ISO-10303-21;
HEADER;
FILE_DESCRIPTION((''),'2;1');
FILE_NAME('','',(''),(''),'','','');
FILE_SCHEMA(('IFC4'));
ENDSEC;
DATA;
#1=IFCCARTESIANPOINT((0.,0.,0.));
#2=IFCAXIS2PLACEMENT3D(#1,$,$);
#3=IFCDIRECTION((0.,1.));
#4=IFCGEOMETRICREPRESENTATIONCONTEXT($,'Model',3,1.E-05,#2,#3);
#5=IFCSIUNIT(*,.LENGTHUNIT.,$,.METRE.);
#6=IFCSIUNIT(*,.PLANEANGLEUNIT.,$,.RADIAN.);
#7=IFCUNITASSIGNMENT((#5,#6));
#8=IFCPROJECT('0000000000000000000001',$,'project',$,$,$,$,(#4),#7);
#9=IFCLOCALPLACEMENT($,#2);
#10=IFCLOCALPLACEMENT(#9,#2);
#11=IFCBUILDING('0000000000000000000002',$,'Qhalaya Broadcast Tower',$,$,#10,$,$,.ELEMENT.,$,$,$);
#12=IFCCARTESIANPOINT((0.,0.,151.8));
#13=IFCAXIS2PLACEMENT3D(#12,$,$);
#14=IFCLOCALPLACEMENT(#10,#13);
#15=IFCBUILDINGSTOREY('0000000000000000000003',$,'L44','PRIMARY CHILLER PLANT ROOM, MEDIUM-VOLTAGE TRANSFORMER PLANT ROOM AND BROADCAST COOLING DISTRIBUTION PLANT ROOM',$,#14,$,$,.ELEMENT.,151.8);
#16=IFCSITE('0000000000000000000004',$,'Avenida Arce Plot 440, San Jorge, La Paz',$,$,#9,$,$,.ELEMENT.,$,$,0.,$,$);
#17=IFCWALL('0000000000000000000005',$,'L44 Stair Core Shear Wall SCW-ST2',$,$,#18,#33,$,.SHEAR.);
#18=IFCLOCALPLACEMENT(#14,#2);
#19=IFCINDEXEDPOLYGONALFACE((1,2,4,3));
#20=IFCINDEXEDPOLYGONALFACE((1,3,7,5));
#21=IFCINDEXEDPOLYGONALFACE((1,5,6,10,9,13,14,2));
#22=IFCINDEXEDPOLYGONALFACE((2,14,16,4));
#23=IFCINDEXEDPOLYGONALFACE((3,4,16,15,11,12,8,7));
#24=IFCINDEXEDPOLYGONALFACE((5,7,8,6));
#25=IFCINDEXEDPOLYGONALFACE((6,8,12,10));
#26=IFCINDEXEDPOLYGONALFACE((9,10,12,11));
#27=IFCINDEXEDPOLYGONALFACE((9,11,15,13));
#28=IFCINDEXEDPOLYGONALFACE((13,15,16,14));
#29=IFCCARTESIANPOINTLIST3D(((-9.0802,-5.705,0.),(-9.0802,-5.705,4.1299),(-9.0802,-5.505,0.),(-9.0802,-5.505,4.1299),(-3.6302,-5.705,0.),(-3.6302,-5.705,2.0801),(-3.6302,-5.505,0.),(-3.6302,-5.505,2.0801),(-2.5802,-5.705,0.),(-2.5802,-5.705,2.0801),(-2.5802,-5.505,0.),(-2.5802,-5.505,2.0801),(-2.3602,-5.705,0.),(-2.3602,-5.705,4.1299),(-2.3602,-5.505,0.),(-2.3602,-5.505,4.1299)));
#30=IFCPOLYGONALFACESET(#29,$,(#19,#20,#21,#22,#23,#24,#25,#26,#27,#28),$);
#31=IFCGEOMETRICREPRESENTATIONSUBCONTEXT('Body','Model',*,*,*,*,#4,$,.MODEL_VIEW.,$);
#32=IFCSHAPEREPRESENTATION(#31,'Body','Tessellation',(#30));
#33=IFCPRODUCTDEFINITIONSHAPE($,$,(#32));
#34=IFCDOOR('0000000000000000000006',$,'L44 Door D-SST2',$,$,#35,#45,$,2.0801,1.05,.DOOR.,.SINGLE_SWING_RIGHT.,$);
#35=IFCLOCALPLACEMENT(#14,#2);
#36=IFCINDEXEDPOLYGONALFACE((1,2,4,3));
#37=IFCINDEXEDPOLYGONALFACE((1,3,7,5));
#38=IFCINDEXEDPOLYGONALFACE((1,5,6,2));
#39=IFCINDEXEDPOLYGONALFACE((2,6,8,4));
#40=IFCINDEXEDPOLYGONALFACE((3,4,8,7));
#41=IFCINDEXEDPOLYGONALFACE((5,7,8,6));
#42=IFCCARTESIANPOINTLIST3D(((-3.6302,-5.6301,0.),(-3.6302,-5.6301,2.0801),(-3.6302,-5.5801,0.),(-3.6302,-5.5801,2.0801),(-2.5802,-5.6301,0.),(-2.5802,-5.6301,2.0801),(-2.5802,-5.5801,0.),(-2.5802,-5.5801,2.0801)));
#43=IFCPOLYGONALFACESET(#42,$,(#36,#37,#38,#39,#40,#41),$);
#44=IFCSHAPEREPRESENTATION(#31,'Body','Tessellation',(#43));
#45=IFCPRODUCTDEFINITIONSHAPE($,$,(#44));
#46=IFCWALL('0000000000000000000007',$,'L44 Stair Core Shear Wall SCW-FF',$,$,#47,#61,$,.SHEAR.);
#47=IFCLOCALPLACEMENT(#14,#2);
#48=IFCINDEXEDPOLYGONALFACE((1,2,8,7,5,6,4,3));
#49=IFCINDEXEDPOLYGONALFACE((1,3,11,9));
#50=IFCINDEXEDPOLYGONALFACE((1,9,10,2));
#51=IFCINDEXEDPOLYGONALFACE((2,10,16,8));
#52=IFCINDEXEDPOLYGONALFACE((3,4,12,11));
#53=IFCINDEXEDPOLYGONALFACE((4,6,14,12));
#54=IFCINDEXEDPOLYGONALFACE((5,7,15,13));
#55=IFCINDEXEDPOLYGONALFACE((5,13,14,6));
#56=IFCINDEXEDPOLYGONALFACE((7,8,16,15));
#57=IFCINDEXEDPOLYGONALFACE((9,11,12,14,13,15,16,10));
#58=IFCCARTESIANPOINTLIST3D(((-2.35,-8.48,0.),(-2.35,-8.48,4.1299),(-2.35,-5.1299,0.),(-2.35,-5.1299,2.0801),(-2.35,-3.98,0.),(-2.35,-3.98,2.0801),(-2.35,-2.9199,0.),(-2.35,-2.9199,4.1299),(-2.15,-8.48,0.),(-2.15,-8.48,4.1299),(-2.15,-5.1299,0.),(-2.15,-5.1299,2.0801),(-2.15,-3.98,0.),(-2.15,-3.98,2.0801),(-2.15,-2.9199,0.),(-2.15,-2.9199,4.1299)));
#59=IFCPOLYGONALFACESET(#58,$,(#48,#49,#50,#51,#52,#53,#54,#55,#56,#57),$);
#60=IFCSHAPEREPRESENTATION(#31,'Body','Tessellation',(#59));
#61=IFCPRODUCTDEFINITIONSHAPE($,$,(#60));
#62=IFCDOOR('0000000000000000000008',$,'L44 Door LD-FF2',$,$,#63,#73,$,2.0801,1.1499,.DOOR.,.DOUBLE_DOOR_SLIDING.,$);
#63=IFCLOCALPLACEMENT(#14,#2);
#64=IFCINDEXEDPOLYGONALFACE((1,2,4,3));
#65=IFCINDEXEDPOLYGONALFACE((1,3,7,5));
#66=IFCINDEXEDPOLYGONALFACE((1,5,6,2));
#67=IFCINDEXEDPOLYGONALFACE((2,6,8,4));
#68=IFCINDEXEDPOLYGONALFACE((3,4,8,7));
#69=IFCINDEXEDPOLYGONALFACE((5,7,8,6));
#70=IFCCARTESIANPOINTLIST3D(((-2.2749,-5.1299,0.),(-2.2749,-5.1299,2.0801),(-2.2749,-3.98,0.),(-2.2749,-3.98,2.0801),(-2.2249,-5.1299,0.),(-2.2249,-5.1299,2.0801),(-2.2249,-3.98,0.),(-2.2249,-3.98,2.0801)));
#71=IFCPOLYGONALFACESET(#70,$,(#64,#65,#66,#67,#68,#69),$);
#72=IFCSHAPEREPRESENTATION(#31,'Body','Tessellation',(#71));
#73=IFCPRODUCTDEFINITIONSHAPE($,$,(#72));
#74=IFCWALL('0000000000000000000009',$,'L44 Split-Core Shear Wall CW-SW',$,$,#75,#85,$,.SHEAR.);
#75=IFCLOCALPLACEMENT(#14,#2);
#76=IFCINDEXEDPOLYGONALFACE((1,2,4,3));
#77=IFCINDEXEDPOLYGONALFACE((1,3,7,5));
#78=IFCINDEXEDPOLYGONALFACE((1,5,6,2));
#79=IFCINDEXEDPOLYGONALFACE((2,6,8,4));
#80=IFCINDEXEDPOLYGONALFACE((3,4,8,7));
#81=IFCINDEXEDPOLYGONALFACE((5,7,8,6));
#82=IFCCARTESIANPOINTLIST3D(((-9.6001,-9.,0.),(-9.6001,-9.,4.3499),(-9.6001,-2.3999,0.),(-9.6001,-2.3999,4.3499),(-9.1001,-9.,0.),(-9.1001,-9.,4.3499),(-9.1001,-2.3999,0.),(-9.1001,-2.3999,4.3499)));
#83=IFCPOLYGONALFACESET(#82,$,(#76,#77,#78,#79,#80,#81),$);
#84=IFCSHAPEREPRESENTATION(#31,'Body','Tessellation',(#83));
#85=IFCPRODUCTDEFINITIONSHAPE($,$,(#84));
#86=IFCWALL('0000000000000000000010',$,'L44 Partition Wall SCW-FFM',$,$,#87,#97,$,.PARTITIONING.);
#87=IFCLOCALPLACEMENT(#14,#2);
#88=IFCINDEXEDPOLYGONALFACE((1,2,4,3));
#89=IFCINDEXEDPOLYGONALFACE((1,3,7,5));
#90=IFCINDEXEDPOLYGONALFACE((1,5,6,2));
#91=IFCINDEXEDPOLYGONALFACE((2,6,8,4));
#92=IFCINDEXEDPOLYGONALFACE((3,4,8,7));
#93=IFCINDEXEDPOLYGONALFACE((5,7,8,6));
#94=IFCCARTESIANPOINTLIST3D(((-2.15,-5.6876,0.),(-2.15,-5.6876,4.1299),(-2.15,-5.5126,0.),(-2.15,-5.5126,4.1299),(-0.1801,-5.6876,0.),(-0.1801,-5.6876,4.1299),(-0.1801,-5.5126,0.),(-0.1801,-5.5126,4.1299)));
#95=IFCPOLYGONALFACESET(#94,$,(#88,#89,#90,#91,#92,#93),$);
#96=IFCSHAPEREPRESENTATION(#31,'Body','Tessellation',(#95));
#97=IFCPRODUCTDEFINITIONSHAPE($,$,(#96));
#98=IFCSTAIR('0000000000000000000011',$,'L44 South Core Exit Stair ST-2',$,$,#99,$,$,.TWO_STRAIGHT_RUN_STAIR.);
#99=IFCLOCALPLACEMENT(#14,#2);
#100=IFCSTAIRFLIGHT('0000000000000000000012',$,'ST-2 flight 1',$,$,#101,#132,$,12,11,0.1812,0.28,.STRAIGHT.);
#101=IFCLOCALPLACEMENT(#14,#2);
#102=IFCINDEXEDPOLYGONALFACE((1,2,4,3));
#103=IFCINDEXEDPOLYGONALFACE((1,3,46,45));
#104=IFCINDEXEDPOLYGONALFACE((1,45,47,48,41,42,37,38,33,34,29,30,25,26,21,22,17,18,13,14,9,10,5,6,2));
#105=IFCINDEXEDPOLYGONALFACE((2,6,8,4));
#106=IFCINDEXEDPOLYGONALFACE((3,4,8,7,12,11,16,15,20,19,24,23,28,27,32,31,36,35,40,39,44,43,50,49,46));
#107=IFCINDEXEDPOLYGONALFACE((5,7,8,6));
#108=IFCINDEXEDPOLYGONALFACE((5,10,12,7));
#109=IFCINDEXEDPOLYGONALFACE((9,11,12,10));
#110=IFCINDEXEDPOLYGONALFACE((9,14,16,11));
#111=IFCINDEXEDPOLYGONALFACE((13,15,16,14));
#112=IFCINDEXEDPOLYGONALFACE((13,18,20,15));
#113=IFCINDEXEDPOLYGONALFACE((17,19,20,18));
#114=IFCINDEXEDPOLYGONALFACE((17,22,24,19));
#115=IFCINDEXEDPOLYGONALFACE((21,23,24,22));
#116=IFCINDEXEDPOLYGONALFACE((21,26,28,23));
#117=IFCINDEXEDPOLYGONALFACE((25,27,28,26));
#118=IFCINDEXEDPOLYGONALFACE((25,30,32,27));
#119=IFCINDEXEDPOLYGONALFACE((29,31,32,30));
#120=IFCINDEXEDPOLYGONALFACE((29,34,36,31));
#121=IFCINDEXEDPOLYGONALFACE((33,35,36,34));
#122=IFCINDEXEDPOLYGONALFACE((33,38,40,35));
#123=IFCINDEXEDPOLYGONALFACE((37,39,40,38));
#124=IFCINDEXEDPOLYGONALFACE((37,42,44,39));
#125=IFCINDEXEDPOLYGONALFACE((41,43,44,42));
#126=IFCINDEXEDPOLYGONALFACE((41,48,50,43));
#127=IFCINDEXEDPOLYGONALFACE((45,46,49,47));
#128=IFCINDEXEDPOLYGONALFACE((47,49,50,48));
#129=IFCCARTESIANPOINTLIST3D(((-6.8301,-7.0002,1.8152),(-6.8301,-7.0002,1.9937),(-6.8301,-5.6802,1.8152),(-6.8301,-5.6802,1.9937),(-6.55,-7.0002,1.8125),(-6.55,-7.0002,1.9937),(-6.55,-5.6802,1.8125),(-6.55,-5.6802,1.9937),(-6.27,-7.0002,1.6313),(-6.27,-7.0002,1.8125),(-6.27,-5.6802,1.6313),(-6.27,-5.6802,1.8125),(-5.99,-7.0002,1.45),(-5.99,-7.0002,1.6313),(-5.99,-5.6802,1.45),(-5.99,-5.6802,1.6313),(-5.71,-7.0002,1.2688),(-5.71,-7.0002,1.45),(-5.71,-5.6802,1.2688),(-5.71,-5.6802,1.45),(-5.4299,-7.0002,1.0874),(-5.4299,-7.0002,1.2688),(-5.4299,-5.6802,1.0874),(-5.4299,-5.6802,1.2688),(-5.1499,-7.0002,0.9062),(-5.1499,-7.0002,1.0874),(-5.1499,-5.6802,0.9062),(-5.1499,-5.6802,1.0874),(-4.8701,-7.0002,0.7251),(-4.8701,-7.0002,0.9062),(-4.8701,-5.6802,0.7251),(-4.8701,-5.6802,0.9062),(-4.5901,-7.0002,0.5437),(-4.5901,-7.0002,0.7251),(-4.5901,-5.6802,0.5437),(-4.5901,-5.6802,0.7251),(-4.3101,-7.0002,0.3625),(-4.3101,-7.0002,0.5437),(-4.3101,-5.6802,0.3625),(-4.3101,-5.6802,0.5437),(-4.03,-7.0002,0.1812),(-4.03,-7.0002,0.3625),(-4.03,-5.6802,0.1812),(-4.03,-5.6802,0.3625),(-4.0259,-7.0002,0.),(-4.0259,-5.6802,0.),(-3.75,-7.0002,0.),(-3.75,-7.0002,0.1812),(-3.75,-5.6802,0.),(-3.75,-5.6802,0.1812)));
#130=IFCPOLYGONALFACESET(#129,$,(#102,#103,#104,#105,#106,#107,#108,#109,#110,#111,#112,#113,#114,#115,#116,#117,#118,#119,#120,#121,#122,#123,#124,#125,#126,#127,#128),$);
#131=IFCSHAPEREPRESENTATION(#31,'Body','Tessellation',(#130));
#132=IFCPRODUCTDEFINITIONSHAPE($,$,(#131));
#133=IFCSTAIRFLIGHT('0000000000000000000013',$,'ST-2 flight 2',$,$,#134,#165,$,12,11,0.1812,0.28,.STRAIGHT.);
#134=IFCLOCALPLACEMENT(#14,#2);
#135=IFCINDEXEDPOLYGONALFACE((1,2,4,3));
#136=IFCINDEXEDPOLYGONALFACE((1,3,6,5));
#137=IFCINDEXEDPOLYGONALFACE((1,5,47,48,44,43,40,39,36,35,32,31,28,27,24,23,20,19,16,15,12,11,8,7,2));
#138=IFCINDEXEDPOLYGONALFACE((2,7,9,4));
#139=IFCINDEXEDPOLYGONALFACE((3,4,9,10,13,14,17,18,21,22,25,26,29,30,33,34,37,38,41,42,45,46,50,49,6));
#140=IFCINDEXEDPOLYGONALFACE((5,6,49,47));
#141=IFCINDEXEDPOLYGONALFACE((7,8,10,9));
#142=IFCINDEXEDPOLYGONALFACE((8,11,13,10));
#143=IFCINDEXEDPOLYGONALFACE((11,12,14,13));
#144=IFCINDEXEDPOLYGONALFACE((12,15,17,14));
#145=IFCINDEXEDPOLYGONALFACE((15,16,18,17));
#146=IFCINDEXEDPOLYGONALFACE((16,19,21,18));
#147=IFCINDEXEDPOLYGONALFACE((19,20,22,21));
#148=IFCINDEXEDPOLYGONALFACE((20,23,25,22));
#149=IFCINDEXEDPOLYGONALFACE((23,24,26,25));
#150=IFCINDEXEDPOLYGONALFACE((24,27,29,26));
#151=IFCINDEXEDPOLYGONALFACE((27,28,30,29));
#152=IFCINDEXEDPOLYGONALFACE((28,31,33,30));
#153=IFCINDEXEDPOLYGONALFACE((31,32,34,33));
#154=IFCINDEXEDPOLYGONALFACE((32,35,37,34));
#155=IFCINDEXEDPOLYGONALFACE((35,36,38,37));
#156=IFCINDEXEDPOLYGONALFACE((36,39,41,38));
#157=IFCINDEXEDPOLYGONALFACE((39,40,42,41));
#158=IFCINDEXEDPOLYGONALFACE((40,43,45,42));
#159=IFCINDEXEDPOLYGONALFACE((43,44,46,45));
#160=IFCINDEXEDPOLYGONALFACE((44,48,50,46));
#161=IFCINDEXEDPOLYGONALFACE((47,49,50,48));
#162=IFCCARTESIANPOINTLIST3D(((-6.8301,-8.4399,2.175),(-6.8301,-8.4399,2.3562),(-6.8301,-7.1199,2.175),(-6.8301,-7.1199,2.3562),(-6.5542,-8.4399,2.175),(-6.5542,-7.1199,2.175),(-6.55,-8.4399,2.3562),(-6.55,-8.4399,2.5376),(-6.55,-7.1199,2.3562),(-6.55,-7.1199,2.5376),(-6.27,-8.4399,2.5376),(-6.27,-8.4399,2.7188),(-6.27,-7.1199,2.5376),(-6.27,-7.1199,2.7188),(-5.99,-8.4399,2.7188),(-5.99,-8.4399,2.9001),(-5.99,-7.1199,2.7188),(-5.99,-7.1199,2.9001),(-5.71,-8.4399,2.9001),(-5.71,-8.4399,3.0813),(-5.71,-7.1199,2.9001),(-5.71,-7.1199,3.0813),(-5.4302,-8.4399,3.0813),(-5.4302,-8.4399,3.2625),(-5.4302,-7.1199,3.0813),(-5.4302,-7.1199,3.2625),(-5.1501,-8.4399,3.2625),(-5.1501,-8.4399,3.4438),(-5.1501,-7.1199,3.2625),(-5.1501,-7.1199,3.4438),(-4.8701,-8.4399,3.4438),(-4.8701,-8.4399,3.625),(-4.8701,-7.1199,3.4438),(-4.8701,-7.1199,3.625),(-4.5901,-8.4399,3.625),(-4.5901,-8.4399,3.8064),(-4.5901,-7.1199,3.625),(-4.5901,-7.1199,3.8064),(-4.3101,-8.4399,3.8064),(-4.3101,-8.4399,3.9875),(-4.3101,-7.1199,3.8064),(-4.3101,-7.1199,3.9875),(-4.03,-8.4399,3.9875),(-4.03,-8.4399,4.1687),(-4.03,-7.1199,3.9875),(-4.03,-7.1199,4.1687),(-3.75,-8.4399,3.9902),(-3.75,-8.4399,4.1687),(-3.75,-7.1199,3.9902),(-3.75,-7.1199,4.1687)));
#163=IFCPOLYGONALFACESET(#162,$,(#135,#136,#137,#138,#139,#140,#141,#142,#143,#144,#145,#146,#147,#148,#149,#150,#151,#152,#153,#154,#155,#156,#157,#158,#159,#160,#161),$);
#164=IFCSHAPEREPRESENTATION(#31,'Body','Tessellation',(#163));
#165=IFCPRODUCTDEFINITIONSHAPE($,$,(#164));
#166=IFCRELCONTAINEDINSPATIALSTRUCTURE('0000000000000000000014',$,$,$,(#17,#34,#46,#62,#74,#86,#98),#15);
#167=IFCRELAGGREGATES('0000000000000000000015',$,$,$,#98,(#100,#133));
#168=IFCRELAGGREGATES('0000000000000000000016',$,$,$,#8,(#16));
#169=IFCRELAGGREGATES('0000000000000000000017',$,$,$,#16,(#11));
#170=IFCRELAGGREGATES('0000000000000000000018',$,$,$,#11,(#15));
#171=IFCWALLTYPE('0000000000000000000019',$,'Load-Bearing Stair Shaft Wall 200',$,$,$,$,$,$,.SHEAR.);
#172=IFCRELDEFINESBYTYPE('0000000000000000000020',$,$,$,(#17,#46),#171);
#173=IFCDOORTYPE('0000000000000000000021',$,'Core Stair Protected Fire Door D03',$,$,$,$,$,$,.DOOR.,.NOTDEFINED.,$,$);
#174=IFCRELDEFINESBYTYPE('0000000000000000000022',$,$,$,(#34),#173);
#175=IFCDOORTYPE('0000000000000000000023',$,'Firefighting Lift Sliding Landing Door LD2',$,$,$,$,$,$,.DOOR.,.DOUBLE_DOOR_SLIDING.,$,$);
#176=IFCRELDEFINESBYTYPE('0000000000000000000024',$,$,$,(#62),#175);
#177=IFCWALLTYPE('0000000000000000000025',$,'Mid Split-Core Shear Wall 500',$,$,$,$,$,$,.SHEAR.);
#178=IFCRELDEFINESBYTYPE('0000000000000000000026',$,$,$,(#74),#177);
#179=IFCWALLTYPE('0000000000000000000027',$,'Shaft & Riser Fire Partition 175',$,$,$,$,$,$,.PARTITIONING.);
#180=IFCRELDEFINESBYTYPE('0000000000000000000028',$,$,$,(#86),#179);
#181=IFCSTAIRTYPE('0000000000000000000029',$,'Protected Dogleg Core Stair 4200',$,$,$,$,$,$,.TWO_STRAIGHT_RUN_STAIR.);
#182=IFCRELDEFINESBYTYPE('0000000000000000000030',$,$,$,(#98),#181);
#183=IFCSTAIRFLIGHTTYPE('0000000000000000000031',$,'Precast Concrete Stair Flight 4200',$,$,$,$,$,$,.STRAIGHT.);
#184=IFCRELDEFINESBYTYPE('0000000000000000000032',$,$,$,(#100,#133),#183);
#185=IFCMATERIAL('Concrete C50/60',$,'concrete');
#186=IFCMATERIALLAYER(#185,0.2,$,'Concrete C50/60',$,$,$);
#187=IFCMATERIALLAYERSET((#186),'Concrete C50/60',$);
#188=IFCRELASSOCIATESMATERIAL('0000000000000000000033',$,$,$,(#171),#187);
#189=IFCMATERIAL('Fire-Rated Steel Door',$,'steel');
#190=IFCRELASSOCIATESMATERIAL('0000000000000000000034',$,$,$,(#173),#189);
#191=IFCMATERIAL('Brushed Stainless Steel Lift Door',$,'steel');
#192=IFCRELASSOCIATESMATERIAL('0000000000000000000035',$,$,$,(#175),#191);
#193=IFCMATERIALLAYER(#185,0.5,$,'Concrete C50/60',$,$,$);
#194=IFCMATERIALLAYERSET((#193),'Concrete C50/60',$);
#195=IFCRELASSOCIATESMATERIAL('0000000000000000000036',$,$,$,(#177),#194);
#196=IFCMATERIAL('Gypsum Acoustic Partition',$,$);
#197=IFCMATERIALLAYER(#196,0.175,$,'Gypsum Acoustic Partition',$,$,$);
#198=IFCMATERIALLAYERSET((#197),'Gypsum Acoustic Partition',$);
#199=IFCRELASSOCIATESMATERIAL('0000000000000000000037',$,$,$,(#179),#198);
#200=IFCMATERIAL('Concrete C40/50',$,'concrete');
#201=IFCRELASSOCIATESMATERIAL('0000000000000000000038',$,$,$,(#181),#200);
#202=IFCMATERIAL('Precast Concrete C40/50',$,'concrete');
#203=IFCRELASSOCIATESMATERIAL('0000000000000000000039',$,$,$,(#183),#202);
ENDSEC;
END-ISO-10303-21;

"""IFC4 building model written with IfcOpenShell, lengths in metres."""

from ifc_helpers import new_model, si_unit, direction, frame, frame_2d, origin, place, context, subcontext, project, spatial, polyline, rectangle, outline, extrude, material, layer, layer_set, type_object, element, fill, aggregate, save


model = new_model("IFC4")

# Units and contexts
model_context = context("Model", 3, precision=1e-05, world=origin(), true_north=direction((0.0, 1.0)))
body_context = subcontext(model_context, "Body", "Model", "MODEL_VIEW")
ifc_project = project(units=[si_unit("LENGTHUNIT", "METRE"), si_unit("PLANEANGLEUNIT", "RADIAN")], contexts=[model_context])

# Site, building, storey
site_placement = place(None, origin())
site = spatial("IfcSite", under=ifc_project, at=site_placement, Name="Avenida Arce Plot 440, San Jorge, La Paz", CompositionType="ELEMENT", RefElevation=0.0)
building_placement = place(site_placement, origin())
building = spatial("IfcBuilding", under=site, at=building_placement, Name="Qhalaya Broadcast Tower", CompositionType="ELEMENT")
storey_placement = place(building_placement, frame((0.0, 0.0, 151.8)))
storey = spatial("IfcBuildingStorey", under=building, at=storey_placement, Name="L44", Description="PRIMARY CHILLER PLANT ROOM, MEDIUM-VOLTAGE TRANSFORMER PLANT ROOM AND BROADCAST COOLING DISTRIBUTION PLANT ROOM", CompositionType="ELEMENT", Elevation=151.8)

# Shared definitions
ifc_material_1 = material(Name="Concrete C50/60", Category="concrete")

# Shared definitions
ifc_material_2 = material(Name="Gypsum Acoustic Partition")

# Walls, openings, doors
ifc_material_3 = material(Name="Fire-Rated Steel Door", Category="steel")
ifc_layer_1 = layer(ifc_material_1, 0.2, Name="Concrete C50/60")
ifc_layer_set_1 = layer_set([ifc_layer_1], Name="Concrete C50/60")
wall_type_1 = type_object("IfcWallType", Name="Load-Bearing Stair Shaft Wall 200", PredefinedType="SHEAR", material=ifc_layer_set_1)
wall_1_placement = place(storey_placement, frame((-9.0801, -5.605, 0.0), z_axis=(0.0, 0.0, 1.0), x_axis=(1.0, 0.0, 0.0)))
wall_1 = element("IfcWall", 1, at=wall_1_placement, inside=storey, type_object=wall_type_1, Name="L44 Stair Core Shear Wall SCW-ST2", PredefinedType="SHEAR", context=body_context, shape_type="SweptSolid", body=[
    extrude(rectangle(XDim=6.72, YDim=0.2, at=frame_2d((3.3599, 0.0))), origin(), (0.0, 0.0, 1.0), 4.1299),
])
opening_1_placement = place(wall_1_placement, frame((5.45, 0.0, 0.0)))
opening_1 = element("IfcOpeningElement", 2, at=opening_1_placement, cuts=wall_1, PredefinedType="OPENING", context=body_context, shape_type="SweptSolid", body=[
    extrude(rectangle(XDim=1.05, YDim=2.0801, at=frame_2d((0.5249, 1.04))), frame((0.0, 0.1121, 0.0), z_axis=(0.0, -1.0, 0.0), x_axis=(1.0, 0.0, 0.0)), (0.0, 0.0, 1.0), 0.2239),
])
door_type_1 = type_object("IfcDoorType", Name="Core Stair Protected Fire Door D03", OperationType="NOTDEFINED", PredefinedType="DOOR", material=ifc_material_3)
door_1_placement = place(opening_1_placement, origin())
door_1 = element("IfcDoor", 3, at=door_1_placement, inside=storey, type_object=door_type_1, Name="L44 Door D-SST2", OperationType="SINGLE_SWING_RIGHT", OverallHeight=2.0801, OverallWidth=1.05, PredefinedType="DOOR", context=body_context, shape_type="SweptSolid", body=[
    extrude(rectangle(XDim=1.05, YDim=2.0801, at=frame_2d((0.5249, 1.04))), frame((0.0, 0.0249, 0.0), z_axis=(0.0, -1.0, 0.0), x_axis=(1.0, 0.0, 0.0)), (0.0, 0.0, 1.0), 0.05),
])
fill(opening_1, door_1)
wall_2_placement = place(storey_placement, frame((-2.25, -8.48, 0.0), z_axis=(0.0, 0.0, 1.0), x_axis=(0.0, 1.0, 0.0)))
wall_2 = element("IfcWall", 4, at=wall_2_placement, inside=storey, type_object=wall_type_1, Name="L44 Stair Core Shear Wall SCW-FF", PredefinedType="SHEAR", context=body_context, shape_type="SweptSolid", body=[
    extrude(rectangle(XDim=5.5601, YDim=0.2, at=frame_2d((2.78, 0.0))), origin(), (0.0, 0.0, 1.0), 4.1299),
])
opening_2_placement = place(wall_2_placement, frame((3.3501, 0.0, 0.0)))
opening_2 = element("IfcOpeningElement", 5, at=opening_2_placement, cuts=wall_2, PredefinedType="OPENING", context=body_context, shape_type="SweptSolid", body=[
    extrude(rectangle(XDim=1.1499, YDim=2.0801, at=frame_2d((0.575, 1.04))), frame((0.0, 0.1121, 0.0), z_axis=(0.0, -1.0, 0.0), x_axis=(1.0, 0.0, 0.0)), (0.0, 0.0, 1.0), 0.2239),
])
ifc_material_4 = material(Name="Brushed Stainless Steel Lift Door", Category="steel")
door_type_2 = type_object("IfcDoorType", Name="Firefighting Lift Sliding Landing Door LD2", OperationType="DOUBLE_DOOR_SLIDING", PredefinedType="DOOR", material=ifc_material_4)
door_2_placement = place(opening_2_placement, origin())
door_2 = element("IfcDoor", 6, at=door_2_placement, inside=storey, type_object=door_type_2, Name="L44 Door LD-FF2", OperationType="DOUBLE_DOOR_SLIDING", OverallHeight=2.0801, OverallWidth=1.1499, PredefinedType="DOOR", context=body_context, shape_type="SweptSolid", body=[
    extrude(rectangle(XDim=1.1499, YDim=2.0801, at=frame_2d((0.575, 1.04))), frame((0.0, 0.0249, 0.0), z_axis=(0.0, -1.0, 0.0), x_axis=(1.0, 0.0, 0.0)), (0.0, 0.0, 1.0), 0.05),
])
fill(opening_2, door_2)

# Walls
ifc_layer_2 = layer(ifc_material_1, 0.5, Name="Concrete C50/60")
ifc_layer_set_2 = layer_set([ifc_layer_2], Name="Concrete C50/60")
wall_type_2 = type_object("IfcWallType", Name="Mid Split-Core Shear Wall 500", PredefinedType="SHEAR", material=ifc_layer_set_2)
wall_3_placement = place(storey_placement, frame((-9.3501, -9.0, 0.0), z_axis=(0.0, 0.0, 1.0), x_axis=(0.0, 1.0, 0.0)))
element("IfcWall", 7, at=wall_3_placement, inside=storey, type_object=wall_type_2, Name="L44 Split-Core Shear Wall CW-SW", PredefinedType="SHEAR", context=body_context, shape_type="SweptSolid", body=[
    extrude(rectangle(XDim=6.6001, YDim=0.5, at=frame_2d((3.3, 0.0))), origin(), (0.0, 0.0, 1.0), 4.3499),
])
ifc_layer_3 = layer(ifc_material_2, 0.175, Name="Gypsum Acoustic Partition")
ifc_layer_set_3 = layer_set([ifc_layer_3], Name="Gypsum Acoustic Partition")
wall_type_3 = type_object("IfcWallType", Name="Shaft & Riser Fire Partition 175", PredefinedType="PARTITIONING", material=ifc_layer_set_3)
wall_4_placement = place(storey_placement, frame((-2.1499, -5.6001, 0.0), z_axis=(0.0, 0.0, 1.0), x_axis=(1.0, 0.0, 0.0)))
element("IfcWall", 8, at=wall_4_placement, inside=storey, type_object=wall_type_3, Name="L44 Partition Wall SCW-FFM", PredefinedType="PARTITIONING", context=body_context, shape_type="SweptSolid", body=[
    extrude(rectangle(XDim=1.97, YDim=0.175, at=frame_2d((0.9849, 0.0))), origin(), (0.0, 0.0, 1.0), 4.1299),
])

# Stair, stair flights
ifc_material_5 = material(Name="Concrete C40/50", Category="concrete")
stair_type = type_object("IfcStairType", Name="Protected Dogleg Core Stair 4200", PredefinedType="TWO_STRAIGHT_RUN_STAIR", material=ifc_material_5)
stair_placement = place(storey_placement, origin())
stair = element("IfcStair", 9, at=stair_placement, inside=storey, type_object=stair_type, Name="L44 South Core Exit Stair ST-2", PredefinedType="TWO_STRAIGHT_RUN_STAIR")
ifc_material_6 = material(Name="Precast Concrete C40/50", Category="concrete")
stair_flight_type = type_object("IfcStairFlightType", Name="Precast Concrete Stair Flight 4200", PredefinedType="STRAIGHT", material=ifc_material_6)
stair_flight_1_placement = place(storey_placement, frame((-3.75, -6.3401, 0.0), z_axis=(0.0, 0.0, 1.0), x_axis=(-1.0, 0.0, 0.0)))
stair_flight_1 = element("IfcStairFlight", 10, at=stair_flight_1_placement, type_object=stair_flight_type, Name="ST-2 flight 1", NumberOfRisers=12, NumberOfTreads=11, PredefinedType="STRAIGHT", RiserHeight=0.1812, TreadLength=0.28, context=body_context, shape_type="SweptSolid", body=[
    extrude(outline(polyline([(0.0, 0.0), (0.0, 0.1812), (0.28, 0.1812), (0.28, 0.3625), (0.5601, 0.3625), (0.5601, 0.5437), (0.8401, 0.5437), (0.8401, 0.7251), (1.1201, 0.7251), (1.1201, 0.9062), (1.3999, 0.9062), (1.3999, 1.0874), (1.6799, 1.0874), (1.6799, 1.2688), (1.96, 1.2688), (1.96, 1.45), (2.24, 1.45), (2.24, 1.6313), (2.52, 1.6313), (2.52, 1.8125), (2.8, 1.8125), (2.8, 1.9937), (3.0801, 1.9937), (3.0801, 2.175), (3.0801, 1.8152), (0.2759, 0.0), (0.0, 0.0)])), frame((0.0, 0.6602, 0.0), z_axis=(0.0, -1.0, 0.0), x_axis=(1.0, 0.0, 0.0)), (0.0, 0.0, 1.0), 1.3201),
])
stair_flight_2_placement = place(storey_placement, frame((-6.8301, -7.78, 2.175), z_axis=(0.0, 0.0, 1.0), x_axis=(1.0, 0.0, 0.0)))
stair_flight_2 = element("IfcStairFlight", 11, at=stair_flight_2_placement, type_object=stair_flight_type, Name="ST-2 flight 2", NumberOfRisers=12, NumberOfTreads=11, PredefinedType="STRAIGHT", RiserHeight=0.1812, TreadLength=0.28, context=body_context, shape_type="SweptSolid", body=[
    extrude(outline(polyline([(0.0, 0.0), (0.0, 0.1812), (0.28, 0.1812), (0.28, 0.3625), (0.5601, 0.3625), (0.5601, 0.5437), (0.8401, 0.5437), (0.8401, 0.7251), (1.1201, 0.7251), (1.1201, 0.9062), (1.3999, 0.9062), (1.3999, 1.0874), (1.6799, 1.0874), (1.6799, 1.2688), (1.96, 1.2688), (1.96, 1.45), (2.24, 1.45), (2.24, 1.6313), (2.52, 1.6313), (2.52, 1.8125), (2.8, 1.8125), (2.8, 1.9937), (3.0801, 1.9937), (3.0801, 2.175), (3.0801, 1.8152), (0.2759, 0.0), (0.0, 0.0)])), frame((0.0, 0.6602, 0.0), z_axis=(0.0, -1.0, 0.0), x_axis=(1.0, 0.0, 0.0)), (0.0, 0.0, 1.0), 1.3201),
])
aggregate(stair, [stair_flight_1, stair_flight_2])

save(model, "model.ifc")
